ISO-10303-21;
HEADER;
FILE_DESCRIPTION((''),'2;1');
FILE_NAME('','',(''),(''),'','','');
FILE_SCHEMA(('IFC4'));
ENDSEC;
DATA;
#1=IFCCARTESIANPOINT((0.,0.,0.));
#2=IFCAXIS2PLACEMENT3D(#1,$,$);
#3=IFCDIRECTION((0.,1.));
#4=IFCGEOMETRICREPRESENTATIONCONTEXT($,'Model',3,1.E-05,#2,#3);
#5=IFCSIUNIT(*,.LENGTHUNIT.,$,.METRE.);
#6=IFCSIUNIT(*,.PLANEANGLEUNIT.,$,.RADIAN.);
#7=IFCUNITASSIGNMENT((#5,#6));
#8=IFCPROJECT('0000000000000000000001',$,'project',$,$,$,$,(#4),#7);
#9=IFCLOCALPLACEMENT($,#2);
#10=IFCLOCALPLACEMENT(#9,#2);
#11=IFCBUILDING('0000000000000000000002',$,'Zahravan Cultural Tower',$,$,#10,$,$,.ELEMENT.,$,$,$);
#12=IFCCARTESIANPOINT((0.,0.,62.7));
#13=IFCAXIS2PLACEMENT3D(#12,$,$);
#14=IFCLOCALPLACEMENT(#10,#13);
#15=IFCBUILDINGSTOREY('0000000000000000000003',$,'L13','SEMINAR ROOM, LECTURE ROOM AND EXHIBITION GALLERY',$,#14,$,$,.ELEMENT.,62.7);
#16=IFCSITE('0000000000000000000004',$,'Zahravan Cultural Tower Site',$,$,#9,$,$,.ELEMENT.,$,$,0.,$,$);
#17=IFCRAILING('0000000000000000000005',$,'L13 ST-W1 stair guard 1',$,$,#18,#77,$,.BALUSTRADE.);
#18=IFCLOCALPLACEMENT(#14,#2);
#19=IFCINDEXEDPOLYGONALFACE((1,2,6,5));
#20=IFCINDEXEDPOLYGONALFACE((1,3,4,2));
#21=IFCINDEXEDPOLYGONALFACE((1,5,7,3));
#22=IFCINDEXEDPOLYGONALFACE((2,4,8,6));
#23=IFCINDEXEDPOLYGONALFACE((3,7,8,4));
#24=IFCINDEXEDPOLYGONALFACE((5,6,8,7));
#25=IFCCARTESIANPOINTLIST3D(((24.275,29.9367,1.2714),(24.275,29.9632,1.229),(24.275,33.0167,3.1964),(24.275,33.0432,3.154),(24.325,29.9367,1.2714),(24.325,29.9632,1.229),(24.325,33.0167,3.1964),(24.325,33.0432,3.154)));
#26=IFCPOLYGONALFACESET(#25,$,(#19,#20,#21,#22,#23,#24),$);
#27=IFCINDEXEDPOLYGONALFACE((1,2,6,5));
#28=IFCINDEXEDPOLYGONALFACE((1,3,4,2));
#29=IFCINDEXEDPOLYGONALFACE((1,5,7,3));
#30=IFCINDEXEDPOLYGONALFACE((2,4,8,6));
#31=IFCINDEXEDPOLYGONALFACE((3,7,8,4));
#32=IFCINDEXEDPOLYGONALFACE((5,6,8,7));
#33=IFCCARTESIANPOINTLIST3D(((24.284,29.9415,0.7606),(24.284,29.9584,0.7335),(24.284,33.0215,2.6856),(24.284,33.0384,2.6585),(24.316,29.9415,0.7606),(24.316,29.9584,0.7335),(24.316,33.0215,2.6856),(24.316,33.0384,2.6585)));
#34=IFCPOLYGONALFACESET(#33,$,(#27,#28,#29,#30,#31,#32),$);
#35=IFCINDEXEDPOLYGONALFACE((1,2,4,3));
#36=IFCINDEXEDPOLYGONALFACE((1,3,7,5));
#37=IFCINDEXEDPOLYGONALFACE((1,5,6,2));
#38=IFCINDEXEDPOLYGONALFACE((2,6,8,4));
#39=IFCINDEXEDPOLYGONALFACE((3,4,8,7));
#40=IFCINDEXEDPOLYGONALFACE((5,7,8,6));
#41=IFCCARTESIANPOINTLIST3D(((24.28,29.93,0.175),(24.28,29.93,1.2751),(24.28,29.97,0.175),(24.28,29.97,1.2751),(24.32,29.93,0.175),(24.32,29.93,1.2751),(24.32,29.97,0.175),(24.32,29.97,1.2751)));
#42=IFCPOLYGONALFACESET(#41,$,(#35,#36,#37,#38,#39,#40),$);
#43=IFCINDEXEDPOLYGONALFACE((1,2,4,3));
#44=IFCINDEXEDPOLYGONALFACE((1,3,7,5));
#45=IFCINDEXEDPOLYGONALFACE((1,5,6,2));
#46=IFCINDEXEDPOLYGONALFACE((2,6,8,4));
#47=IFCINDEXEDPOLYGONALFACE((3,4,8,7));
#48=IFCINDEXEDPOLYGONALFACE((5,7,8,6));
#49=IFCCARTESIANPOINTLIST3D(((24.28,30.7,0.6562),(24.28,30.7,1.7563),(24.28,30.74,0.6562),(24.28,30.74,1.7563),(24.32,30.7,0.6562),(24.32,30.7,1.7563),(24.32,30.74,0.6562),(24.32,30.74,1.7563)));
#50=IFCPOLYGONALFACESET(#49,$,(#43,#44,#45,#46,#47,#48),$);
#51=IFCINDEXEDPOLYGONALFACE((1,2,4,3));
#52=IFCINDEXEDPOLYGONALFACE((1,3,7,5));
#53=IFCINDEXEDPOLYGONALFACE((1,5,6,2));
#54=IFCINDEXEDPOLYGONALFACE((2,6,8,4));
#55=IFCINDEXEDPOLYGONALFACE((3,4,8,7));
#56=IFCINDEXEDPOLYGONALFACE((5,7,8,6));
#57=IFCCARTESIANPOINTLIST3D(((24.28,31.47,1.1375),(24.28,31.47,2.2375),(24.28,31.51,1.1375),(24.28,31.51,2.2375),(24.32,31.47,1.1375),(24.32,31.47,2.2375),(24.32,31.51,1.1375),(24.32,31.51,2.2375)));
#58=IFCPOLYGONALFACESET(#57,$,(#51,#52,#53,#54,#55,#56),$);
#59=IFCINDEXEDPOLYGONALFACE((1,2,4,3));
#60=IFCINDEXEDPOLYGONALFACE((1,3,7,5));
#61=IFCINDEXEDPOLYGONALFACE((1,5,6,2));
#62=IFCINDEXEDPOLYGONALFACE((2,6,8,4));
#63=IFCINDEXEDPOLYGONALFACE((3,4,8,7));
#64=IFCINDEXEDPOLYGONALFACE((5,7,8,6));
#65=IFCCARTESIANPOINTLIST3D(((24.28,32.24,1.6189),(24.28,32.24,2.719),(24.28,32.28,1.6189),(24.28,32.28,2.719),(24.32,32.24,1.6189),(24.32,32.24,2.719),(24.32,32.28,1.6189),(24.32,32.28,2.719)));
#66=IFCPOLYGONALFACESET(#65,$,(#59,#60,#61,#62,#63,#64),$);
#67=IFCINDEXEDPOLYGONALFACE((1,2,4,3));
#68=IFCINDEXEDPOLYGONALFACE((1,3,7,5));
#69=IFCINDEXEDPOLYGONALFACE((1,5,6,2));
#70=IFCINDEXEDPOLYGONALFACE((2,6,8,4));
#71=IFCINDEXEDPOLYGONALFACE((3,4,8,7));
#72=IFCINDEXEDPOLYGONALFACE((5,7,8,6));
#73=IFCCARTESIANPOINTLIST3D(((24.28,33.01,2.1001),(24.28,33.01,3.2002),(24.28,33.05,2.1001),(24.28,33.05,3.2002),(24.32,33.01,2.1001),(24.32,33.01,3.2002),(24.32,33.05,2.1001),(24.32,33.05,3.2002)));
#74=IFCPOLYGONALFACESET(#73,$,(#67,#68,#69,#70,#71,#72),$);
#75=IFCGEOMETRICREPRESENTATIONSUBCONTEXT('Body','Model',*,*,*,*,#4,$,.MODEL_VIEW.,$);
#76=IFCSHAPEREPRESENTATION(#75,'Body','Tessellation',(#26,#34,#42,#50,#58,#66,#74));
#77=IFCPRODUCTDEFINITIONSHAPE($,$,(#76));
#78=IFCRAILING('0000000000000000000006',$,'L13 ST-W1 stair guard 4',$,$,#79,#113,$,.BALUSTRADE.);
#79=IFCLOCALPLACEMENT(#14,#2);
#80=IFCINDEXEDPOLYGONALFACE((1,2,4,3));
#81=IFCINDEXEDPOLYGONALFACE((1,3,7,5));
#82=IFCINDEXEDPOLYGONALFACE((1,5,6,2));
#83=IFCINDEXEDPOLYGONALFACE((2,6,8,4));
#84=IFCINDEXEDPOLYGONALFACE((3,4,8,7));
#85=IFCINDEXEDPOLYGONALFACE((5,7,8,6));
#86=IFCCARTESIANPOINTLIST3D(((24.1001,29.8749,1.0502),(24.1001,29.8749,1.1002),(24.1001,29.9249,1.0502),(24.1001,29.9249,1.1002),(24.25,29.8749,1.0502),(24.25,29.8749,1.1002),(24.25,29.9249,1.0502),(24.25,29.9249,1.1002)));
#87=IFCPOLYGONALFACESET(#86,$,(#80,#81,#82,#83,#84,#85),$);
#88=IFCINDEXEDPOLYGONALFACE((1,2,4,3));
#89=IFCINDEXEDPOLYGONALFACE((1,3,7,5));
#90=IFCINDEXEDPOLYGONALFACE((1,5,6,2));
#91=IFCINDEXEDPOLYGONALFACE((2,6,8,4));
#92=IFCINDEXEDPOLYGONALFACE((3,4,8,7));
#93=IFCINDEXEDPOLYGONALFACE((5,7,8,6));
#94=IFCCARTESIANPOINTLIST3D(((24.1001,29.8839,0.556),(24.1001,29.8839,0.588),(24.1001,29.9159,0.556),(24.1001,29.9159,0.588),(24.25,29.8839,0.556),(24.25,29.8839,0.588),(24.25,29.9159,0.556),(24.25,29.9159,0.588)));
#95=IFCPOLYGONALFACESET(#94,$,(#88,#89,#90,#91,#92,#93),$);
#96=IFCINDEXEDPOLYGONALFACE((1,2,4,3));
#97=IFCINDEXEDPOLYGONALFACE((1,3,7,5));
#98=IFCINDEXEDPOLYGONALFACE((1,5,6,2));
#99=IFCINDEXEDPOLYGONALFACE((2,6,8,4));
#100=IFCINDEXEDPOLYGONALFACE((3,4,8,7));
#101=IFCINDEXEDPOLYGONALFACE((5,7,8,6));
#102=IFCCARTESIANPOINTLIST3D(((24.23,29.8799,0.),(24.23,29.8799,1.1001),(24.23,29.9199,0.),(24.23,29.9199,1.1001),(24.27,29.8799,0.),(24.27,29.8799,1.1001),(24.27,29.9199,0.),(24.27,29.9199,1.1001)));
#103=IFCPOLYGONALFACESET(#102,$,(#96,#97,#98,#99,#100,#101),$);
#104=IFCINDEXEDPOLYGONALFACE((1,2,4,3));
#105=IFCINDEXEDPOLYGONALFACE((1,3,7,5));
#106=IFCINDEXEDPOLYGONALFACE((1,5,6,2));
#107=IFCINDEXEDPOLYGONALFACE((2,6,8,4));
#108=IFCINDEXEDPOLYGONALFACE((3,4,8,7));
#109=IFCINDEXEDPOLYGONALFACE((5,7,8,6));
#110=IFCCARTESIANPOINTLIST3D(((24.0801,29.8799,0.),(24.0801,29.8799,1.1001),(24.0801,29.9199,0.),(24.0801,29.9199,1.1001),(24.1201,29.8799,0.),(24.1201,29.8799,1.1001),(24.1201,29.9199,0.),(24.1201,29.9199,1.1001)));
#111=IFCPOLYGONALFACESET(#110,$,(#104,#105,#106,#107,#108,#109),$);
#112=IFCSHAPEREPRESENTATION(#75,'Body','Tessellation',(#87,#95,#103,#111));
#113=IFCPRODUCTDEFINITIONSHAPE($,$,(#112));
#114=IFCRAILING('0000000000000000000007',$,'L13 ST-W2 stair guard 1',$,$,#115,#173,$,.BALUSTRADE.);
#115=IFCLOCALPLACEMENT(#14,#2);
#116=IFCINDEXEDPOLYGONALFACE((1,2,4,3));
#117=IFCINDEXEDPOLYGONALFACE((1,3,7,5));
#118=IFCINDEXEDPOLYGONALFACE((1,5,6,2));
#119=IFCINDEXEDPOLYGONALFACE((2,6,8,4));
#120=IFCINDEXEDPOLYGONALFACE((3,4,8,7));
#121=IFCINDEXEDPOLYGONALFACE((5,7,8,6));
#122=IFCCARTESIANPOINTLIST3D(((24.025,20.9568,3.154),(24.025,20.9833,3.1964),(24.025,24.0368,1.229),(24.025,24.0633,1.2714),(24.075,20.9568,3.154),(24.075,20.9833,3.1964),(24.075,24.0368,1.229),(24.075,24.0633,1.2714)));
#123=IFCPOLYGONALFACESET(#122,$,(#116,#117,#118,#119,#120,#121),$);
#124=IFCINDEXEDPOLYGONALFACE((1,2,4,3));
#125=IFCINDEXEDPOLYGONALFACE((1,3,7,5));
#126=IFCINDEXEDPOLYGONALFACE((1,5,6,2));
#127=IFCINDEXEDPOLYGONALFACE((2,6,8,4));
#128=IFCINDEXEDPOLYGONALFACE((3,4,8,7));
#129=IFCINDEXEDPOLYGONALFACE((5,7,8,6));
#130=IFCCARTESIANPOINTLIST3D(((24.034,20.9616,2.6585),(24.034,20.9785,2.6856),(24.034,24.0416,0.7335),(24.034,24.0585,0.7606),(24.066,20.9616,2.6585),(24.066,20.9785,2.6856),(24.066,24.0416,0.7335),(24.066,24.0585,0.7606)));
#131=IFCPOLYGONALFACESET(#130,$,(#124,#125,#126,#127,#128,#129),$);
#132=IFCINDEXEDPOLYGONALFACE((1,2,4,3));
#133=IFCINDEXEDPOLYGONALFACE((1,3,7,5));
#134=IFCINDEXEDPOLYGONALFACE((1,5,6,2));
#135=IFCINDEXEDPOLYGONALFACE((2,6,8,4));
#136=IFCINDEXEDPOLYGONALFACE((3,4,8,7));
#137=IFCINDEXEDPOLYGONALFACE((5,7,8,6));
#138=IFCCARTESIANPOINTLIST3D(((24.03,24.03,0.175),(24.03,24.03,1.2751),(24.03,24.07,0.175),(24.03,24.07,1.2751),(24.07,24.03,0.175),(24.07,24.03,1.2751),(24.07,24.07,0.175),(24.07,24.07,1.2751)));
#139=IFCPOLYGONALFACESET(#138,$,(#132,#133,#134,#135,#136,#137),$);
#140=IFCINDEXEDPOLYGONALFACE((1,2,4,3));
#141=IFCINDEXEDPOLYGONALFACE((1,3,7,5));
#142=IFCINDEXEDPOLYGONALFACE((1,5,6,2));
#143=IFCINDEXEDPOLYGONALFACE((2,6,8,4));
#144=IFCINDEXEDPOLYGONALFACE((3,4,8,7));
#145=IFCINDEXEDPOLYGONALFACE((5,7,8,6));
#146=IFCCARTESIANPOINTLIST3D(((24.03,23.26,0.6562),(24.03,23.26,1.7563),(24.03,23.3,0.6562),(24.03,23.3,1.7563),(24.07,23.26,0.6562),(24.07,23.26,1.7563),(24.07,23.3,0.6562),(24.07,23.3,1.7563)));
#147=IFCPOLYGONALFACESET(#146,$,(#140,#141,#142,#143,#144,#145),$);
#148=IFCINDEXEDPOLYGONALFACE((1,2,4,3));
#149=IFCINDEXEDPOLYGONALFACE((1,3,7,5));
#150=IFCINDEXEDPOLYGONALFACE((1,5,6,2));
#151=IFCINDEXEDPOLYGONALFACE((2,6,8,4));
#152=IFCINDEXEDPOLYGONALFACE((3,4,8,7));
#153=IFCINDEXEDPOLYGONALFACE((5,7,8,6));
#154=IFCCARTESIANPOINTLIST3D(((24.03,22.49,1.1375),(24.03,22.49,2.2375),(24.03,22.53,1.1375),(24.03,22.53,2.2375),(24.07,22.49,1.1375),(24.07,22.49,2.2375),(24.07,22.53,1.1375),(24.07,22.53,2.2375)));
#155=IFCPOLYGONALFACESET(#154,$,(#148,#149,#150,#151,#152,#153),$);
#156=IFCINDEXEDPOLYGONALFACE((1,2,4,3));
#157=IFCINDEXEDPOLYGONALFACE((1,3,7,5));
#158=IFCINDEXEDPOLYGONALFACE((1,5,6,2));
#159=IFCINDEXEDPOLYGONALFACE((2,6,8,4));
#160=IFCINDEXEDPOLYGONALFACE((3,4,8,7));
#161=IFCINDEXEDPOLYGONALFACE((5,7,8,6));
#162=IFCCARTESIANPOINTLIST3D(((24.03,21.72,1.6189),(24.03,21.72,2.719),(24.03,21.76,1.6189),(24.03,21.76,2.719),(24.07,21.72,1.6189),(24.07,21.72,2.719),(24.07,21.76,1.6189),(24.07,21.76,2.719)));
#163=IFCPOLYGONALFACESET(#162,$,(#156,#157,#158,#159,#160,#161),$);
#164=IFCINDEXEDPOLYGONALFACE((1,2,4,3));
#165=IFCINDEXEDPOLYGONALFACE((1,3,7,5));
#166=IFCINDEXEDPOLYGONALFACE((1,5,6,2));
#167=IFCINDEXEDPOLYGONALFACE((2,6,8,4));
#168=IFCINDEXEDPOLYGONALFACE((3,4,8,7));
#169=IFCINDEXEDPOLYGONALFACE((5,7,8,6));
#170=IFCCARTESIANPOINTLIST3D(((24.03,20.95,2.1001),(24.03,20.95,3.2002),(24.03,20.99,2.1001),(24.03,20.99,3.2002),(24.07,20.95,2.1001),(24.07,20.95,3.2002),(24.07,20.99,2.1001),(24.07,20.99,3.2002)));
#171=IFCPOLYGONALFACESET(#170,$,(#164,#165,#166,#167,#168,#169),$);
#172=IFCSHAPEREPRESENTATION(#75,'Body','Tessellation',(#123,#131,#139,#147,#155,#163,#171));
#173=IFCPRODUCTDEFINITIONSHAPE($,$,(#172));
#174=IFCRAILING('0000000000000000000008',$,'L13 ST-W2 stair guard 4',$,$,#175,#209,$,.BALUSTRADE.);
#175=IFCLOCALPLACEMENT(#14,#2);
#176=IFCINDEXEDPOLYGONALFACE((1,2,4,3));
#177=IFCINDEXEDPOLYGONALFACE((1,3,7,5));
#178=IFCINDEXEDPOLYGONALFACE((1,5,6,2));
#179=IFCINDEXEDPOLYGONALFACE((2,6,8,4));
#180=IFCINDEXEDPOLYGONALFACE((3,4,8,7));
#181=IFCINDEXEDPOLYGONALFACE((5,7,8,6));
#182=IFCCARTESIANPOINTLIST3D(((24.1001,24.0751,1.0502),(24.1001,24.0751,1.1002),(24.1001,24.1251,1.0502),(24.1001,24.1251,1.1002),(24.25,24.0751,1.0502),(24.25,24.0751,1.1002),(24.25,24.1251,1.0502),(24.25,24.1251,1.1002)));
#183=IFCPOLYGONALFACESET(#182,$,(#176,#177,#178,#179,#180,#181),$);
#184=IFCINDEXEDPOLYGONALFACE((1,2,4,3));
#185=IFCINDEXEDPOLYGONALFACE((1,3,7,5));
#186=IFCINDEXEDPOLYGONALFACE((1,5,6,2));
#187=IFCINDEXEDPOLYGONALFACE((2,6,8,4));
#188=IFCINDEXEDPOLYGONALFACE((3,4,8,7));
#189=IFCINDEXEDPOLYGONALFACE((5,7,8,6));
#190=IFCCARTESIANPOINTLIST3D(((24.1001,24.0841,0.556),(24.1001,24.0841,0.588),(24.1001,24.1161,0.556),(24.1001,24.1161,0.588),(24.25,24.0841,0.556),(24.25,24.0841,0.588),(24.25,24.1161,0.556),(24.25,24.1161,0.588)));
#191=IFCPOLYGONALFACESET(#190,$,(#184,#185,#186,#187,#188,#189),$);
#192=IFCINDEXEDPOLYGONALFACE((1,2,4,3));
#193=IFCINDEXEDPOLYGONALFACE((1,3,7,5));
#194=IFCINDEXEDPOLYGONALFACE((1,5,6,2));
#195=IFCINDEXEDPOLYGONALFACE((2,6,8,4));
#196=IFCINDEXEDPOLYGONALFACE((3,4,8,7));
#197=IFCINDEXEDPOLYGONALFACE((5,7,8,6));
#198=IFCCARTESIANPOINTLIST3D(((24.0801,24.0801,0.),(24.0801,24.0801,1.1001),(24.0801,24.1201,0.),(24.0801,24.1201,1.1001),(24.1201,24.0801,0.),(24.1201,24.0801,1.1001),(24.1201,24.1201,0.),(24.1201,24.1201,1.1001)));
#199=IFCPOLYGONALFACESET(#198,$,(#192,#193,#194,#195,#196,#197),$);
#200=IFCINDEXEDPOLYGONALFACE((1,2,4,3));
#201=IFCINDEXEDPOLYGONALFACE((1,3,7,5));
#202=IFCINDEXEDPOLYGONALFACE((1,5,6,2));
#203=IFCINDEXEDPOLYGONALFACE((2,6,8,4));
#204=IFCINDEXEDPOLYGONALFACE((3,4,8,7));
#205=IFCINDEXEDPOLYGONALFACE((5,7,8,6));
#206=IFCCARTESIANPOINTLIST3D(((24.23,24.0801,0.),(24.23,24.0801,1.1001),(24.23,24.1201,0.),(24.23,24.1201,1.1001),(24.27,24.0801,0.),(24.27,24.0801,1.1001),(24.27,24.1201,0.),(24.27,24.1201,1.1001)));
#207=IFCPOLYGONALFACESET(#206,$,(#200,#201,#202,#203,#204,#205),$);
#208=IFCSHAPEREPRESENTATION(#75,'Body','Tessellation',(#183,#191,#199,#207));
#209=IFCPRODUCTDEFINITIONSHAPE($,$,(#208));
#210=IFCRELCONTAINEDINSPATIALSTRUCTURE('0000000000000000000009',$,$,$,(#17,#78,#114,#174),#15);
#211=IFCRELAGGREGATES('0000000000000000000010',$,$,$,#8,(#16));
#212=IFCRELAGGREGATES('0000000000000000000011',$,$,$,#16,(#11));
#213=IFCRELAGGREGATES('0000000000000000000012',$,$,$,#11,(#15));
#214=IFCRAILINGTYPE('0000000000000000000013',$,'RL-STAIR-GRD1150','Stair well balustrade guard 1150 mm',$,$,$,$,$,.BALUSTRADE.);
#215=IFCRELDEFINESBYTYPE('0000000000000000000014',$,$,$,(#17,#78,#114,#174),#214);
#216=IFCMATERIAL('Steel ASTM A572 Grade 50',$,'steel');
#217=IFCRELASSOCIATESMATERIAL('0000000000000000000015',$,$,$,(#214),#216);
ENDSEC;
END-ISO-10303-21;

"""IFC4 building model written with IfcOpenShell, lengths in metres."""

from ifc_helpers import new_model, si_unit, direction, frame, origin, origin_2d, place, context, subcontext, project, spatial, rectangle, extrude, material, type_object, element, save


model = new_model("IFC4")

# Units and contexts
model_context = context("Model", 3, precision=1e-05, world=origin(), true_north=direction((0.0, 1.0)))
body_context = subcontext(model_context, "Body", "Model", "MODEL_VIEW")
ifc_project = project(units=[si_unit("LENGTHUNIT", "METRE"), si_unit("PLANEANGLEUNIT", "RADIAN")], contexts=[model_context])

# Site, building, storey
site_placement = place(None, origin())
site = spatial("IfcSite", under=ifc_project, at=site_placement, Name="Zahravan Cultural Tower Site", CompositionType="ELEMENT", RefElevation=0.0)
building_placement = place(site_placement, origin())
building = spatial("IfcBuilding", under=site, at=building_placement, Name="Zahravan Cultural Tower", CompositionType="ELEMENT")
storey_placement = place(building_placement, frame((0.0, 0.0, 62.7)))
storey = spatial("IfcBuildingStorey", under=building, at=storey_placement, Name="L13", Description="SEMINAR ROOM, LECTURE ROOM AND EXHIBITION GALLERY", CompositionType="ELEMENT", Elevation=62.7)

# Shared definitions
ifc_material_1 = material(Name="Steel ASTM A572 Grade 50", Category="steel")

# Railings
railing_type_1 = type_object("IfcRailingType", Name="RL-STAIR-GRD1150", Description="Stair well balustrade guard 1150 mm", PredefinedType="BALUSTRADE", material=ifc_material_1)
railing_1_placement = place(storey_placement, frame((24.3, 29.95, 0.175)))
element("IfcRailing", 1, at=railing_1_placement, inside=storey, type_object=railing_type_1, Name="L13 ST-W1 stair guard 1", PredefinedType="BALUSTRADE", context=body_context, shape_type="SweptSolid", body=[
    extrude(rectangle(XDim=0.05, YDim=0.05, at=origin_2d()), frame((0.0, 0.0, 1.0752), z_axis=(0.0, 0.847998, 0.529999), x_axis=(-1.0, 0.0, 0.0)), (0.0, 0.0, 1.0), 3.6321),
    extrude(rectangle(XDim=0.032, YDim=0.032, at=origin_2d()), frame((0.0, 0.0, 0.572), z_axis=(0.0, 0.847998, 0.529999), x_axis=(-1.0, 0.0, 0.0)), (0.0, 0.0, 1.0), 3.6321),
    extrude(rectangle(XDim=0.04, YDim=0.04, at=origin_2d()), origin(), (0.0, 0.0, 1.0), 1.1001),
    extrude(rectangle(XDim=0.04, YDim=0.04, at=origin_2d()), frame((0.0, 0.77, 0.4812)), (0.0, 0.0, 1.0), 1.1001),
    extrude(rectangle(XDim=0.04, YDim=0.04, at=origin_2d()), frame((0.0, 1.54, 0.9624)), (0.0, 0.0, 1.0), 1.1001),
    extrude(rectangle(XDim=0.04, YDim=0.04, at=origin_2d()), frame((0.0, 2.3101, 1.4438)), (0.0, 0.0, 1.0), 1.1001),
    extrude(rectangle(XDim=0.04, YDim=0.04, at=origin_2d()), frame((0.0, 3.0801, 1.925)), (0.0, 0.0, 1.0), 1.1001),
])
railing_2_placement = place(storey_placement, frame((24.25, 29.8999, 0.0)))
element("IfcRailing", 2, at=railing_2_placement, inside=storey, type_object=railing_type_1, Name="L13 ST-W1 stair guard 4", PredefinedType="BALUSTRADE", context=body_context, shape_type="SweptSolid", body=[
    extrude(rectangle(XDim=0.05, YDim=0.05, at=origin_2d()), frame((0.0, 0.0, 1.0752), z_axis=(-1.0, 0.0, 0.0), x_axis=(0.0, -1.0, 0.0)), (0.0, 0.0, 1.0), 0.1499),
    extrude(rectangle(XDim=0.032, YDim=0.032, at=origin_2d()), frame((0.0, 0.0, 0.572), z_axis=(-1.0, 0.0, 0.0), x_axis=(0.0, -1.0, 0.0)), (0.0, 0.0, 1.0), 0.1499),
    extrude(rectangle(XDim=0.04, YDim=0.04, at=origin_2d()), origin(), (0.0, 0.0, 1.0), 1.1001),
    extrude(rectangle(XDim=0.04, YDim=0.04, at=origin_2d()), frame((-0.1499, 0.0, 0.0)), (0.0, 0.0, 1.0), 1.1001),
])
railing_3_placement = place(storey_placement, frame((24.05, 24.05, 0.175)))
element("IfcRailing", 3, at=railing_3_placement, inside=storey, type_object=railing_type_1, Name="L13 ST-W2 stair guard 1", PredefinedType="BALUSTRADE", context=body_context, shape_type="SweptSolid", body=[
    extrude(rectangle(XDim=0.05, YDim=0.05, at=origin_2d()), frame((0.0, 0.0, 1.0752), z_axis=(0.0, -0.847998, 0.529999), x_axis=(1.0, 0.0, 0.0)), (0.0, 0.0, 1.0), 3.6321),
    extrude(rectangle(XDim=0.032, YDim=0.032, at=origin_2d()), frame((0.0, 0.0, 0.572), z_axis=(0.0, -0.847998, 0.529999), x_axis=(1.0, 0.0, 0.0)), (0.0, 0.0, 1.0), 3.6321),
    extrude(rectangle(XDim=0.04, YDim=0.04, at=origin_2d()), origin(), (0.0, 0.0, 1.0), 1.1001),
    extrude(rectangle(XDim=0.04, YDim=0.04, at=origin_2d()), frame((0.0, -0.77, 0.4812)), (0.0, 0.0, 1.0), 1.1001),
    extrude(rectangle(XDim=0.04, YDim=0.04, at=origin_2d()), frame((0.0, -1.54, 0.9624)), (0.0, 0.0, 1.0), 1.1001),
    extrude(rectangle(XDim=0.04, YDim=0.04, at=origin_2d()), frame((0.0, -2.3101, 1.4438)), (0.0, 0.0, 1.0), 1.1001),
    extrude(rectangle(XDim=0.04, YDim=0.04, at=origin_2d()), frame((0.0, -3.0801, 1.925)), (0.0, 0.0, 1.0), 1.1001),
])
railing_4_placement = place(storey_placement, frame((24.1001, 24.1001, 0.0)))
element("IfcRailing", 4, at=railing_4_placement, inside=storey, type_object=railing_type_1, Name="L13 ST-W2 stair guard 4", PredefinedType="BALUSTRADE", context=body_context, shape_type="SweptSolid", body=[
    extrude(rectangle(XDim=0.05, YDim=0.05, at=origin_2d()), frame((0.0, 0.0, 1.0752), z_axis=(1.0, 0.0, 0.0), x_axis=(0.0, 1.0, 0.0)), (0.0, 0.0, 1.0), 0.1499),
    extrude(rectangle(XDim=0.032, YDim=0.032, at=origin_2d()), frame((0.0, 0.0, 0.572), z_axis=(1.0, 0.0, 0.0), x_axis=(0.0, 1.0, 0.0)), (0.0, 0.0, 1.0), 0.1499),
    extrude(rectangle(XDim=0.04, YDim=0.04, at=origin_2d()), origin(), (0.0, 0.0, 1.0), 1.1001),
    extrude(rectangle(XDim=0.04, YDim=0.04, at=origin_2d()), frame((0.1499, 0.0, 0.0)), (0.0, 0.0, 1.0), 1.1001),
])

save(model, "model.ifc")
